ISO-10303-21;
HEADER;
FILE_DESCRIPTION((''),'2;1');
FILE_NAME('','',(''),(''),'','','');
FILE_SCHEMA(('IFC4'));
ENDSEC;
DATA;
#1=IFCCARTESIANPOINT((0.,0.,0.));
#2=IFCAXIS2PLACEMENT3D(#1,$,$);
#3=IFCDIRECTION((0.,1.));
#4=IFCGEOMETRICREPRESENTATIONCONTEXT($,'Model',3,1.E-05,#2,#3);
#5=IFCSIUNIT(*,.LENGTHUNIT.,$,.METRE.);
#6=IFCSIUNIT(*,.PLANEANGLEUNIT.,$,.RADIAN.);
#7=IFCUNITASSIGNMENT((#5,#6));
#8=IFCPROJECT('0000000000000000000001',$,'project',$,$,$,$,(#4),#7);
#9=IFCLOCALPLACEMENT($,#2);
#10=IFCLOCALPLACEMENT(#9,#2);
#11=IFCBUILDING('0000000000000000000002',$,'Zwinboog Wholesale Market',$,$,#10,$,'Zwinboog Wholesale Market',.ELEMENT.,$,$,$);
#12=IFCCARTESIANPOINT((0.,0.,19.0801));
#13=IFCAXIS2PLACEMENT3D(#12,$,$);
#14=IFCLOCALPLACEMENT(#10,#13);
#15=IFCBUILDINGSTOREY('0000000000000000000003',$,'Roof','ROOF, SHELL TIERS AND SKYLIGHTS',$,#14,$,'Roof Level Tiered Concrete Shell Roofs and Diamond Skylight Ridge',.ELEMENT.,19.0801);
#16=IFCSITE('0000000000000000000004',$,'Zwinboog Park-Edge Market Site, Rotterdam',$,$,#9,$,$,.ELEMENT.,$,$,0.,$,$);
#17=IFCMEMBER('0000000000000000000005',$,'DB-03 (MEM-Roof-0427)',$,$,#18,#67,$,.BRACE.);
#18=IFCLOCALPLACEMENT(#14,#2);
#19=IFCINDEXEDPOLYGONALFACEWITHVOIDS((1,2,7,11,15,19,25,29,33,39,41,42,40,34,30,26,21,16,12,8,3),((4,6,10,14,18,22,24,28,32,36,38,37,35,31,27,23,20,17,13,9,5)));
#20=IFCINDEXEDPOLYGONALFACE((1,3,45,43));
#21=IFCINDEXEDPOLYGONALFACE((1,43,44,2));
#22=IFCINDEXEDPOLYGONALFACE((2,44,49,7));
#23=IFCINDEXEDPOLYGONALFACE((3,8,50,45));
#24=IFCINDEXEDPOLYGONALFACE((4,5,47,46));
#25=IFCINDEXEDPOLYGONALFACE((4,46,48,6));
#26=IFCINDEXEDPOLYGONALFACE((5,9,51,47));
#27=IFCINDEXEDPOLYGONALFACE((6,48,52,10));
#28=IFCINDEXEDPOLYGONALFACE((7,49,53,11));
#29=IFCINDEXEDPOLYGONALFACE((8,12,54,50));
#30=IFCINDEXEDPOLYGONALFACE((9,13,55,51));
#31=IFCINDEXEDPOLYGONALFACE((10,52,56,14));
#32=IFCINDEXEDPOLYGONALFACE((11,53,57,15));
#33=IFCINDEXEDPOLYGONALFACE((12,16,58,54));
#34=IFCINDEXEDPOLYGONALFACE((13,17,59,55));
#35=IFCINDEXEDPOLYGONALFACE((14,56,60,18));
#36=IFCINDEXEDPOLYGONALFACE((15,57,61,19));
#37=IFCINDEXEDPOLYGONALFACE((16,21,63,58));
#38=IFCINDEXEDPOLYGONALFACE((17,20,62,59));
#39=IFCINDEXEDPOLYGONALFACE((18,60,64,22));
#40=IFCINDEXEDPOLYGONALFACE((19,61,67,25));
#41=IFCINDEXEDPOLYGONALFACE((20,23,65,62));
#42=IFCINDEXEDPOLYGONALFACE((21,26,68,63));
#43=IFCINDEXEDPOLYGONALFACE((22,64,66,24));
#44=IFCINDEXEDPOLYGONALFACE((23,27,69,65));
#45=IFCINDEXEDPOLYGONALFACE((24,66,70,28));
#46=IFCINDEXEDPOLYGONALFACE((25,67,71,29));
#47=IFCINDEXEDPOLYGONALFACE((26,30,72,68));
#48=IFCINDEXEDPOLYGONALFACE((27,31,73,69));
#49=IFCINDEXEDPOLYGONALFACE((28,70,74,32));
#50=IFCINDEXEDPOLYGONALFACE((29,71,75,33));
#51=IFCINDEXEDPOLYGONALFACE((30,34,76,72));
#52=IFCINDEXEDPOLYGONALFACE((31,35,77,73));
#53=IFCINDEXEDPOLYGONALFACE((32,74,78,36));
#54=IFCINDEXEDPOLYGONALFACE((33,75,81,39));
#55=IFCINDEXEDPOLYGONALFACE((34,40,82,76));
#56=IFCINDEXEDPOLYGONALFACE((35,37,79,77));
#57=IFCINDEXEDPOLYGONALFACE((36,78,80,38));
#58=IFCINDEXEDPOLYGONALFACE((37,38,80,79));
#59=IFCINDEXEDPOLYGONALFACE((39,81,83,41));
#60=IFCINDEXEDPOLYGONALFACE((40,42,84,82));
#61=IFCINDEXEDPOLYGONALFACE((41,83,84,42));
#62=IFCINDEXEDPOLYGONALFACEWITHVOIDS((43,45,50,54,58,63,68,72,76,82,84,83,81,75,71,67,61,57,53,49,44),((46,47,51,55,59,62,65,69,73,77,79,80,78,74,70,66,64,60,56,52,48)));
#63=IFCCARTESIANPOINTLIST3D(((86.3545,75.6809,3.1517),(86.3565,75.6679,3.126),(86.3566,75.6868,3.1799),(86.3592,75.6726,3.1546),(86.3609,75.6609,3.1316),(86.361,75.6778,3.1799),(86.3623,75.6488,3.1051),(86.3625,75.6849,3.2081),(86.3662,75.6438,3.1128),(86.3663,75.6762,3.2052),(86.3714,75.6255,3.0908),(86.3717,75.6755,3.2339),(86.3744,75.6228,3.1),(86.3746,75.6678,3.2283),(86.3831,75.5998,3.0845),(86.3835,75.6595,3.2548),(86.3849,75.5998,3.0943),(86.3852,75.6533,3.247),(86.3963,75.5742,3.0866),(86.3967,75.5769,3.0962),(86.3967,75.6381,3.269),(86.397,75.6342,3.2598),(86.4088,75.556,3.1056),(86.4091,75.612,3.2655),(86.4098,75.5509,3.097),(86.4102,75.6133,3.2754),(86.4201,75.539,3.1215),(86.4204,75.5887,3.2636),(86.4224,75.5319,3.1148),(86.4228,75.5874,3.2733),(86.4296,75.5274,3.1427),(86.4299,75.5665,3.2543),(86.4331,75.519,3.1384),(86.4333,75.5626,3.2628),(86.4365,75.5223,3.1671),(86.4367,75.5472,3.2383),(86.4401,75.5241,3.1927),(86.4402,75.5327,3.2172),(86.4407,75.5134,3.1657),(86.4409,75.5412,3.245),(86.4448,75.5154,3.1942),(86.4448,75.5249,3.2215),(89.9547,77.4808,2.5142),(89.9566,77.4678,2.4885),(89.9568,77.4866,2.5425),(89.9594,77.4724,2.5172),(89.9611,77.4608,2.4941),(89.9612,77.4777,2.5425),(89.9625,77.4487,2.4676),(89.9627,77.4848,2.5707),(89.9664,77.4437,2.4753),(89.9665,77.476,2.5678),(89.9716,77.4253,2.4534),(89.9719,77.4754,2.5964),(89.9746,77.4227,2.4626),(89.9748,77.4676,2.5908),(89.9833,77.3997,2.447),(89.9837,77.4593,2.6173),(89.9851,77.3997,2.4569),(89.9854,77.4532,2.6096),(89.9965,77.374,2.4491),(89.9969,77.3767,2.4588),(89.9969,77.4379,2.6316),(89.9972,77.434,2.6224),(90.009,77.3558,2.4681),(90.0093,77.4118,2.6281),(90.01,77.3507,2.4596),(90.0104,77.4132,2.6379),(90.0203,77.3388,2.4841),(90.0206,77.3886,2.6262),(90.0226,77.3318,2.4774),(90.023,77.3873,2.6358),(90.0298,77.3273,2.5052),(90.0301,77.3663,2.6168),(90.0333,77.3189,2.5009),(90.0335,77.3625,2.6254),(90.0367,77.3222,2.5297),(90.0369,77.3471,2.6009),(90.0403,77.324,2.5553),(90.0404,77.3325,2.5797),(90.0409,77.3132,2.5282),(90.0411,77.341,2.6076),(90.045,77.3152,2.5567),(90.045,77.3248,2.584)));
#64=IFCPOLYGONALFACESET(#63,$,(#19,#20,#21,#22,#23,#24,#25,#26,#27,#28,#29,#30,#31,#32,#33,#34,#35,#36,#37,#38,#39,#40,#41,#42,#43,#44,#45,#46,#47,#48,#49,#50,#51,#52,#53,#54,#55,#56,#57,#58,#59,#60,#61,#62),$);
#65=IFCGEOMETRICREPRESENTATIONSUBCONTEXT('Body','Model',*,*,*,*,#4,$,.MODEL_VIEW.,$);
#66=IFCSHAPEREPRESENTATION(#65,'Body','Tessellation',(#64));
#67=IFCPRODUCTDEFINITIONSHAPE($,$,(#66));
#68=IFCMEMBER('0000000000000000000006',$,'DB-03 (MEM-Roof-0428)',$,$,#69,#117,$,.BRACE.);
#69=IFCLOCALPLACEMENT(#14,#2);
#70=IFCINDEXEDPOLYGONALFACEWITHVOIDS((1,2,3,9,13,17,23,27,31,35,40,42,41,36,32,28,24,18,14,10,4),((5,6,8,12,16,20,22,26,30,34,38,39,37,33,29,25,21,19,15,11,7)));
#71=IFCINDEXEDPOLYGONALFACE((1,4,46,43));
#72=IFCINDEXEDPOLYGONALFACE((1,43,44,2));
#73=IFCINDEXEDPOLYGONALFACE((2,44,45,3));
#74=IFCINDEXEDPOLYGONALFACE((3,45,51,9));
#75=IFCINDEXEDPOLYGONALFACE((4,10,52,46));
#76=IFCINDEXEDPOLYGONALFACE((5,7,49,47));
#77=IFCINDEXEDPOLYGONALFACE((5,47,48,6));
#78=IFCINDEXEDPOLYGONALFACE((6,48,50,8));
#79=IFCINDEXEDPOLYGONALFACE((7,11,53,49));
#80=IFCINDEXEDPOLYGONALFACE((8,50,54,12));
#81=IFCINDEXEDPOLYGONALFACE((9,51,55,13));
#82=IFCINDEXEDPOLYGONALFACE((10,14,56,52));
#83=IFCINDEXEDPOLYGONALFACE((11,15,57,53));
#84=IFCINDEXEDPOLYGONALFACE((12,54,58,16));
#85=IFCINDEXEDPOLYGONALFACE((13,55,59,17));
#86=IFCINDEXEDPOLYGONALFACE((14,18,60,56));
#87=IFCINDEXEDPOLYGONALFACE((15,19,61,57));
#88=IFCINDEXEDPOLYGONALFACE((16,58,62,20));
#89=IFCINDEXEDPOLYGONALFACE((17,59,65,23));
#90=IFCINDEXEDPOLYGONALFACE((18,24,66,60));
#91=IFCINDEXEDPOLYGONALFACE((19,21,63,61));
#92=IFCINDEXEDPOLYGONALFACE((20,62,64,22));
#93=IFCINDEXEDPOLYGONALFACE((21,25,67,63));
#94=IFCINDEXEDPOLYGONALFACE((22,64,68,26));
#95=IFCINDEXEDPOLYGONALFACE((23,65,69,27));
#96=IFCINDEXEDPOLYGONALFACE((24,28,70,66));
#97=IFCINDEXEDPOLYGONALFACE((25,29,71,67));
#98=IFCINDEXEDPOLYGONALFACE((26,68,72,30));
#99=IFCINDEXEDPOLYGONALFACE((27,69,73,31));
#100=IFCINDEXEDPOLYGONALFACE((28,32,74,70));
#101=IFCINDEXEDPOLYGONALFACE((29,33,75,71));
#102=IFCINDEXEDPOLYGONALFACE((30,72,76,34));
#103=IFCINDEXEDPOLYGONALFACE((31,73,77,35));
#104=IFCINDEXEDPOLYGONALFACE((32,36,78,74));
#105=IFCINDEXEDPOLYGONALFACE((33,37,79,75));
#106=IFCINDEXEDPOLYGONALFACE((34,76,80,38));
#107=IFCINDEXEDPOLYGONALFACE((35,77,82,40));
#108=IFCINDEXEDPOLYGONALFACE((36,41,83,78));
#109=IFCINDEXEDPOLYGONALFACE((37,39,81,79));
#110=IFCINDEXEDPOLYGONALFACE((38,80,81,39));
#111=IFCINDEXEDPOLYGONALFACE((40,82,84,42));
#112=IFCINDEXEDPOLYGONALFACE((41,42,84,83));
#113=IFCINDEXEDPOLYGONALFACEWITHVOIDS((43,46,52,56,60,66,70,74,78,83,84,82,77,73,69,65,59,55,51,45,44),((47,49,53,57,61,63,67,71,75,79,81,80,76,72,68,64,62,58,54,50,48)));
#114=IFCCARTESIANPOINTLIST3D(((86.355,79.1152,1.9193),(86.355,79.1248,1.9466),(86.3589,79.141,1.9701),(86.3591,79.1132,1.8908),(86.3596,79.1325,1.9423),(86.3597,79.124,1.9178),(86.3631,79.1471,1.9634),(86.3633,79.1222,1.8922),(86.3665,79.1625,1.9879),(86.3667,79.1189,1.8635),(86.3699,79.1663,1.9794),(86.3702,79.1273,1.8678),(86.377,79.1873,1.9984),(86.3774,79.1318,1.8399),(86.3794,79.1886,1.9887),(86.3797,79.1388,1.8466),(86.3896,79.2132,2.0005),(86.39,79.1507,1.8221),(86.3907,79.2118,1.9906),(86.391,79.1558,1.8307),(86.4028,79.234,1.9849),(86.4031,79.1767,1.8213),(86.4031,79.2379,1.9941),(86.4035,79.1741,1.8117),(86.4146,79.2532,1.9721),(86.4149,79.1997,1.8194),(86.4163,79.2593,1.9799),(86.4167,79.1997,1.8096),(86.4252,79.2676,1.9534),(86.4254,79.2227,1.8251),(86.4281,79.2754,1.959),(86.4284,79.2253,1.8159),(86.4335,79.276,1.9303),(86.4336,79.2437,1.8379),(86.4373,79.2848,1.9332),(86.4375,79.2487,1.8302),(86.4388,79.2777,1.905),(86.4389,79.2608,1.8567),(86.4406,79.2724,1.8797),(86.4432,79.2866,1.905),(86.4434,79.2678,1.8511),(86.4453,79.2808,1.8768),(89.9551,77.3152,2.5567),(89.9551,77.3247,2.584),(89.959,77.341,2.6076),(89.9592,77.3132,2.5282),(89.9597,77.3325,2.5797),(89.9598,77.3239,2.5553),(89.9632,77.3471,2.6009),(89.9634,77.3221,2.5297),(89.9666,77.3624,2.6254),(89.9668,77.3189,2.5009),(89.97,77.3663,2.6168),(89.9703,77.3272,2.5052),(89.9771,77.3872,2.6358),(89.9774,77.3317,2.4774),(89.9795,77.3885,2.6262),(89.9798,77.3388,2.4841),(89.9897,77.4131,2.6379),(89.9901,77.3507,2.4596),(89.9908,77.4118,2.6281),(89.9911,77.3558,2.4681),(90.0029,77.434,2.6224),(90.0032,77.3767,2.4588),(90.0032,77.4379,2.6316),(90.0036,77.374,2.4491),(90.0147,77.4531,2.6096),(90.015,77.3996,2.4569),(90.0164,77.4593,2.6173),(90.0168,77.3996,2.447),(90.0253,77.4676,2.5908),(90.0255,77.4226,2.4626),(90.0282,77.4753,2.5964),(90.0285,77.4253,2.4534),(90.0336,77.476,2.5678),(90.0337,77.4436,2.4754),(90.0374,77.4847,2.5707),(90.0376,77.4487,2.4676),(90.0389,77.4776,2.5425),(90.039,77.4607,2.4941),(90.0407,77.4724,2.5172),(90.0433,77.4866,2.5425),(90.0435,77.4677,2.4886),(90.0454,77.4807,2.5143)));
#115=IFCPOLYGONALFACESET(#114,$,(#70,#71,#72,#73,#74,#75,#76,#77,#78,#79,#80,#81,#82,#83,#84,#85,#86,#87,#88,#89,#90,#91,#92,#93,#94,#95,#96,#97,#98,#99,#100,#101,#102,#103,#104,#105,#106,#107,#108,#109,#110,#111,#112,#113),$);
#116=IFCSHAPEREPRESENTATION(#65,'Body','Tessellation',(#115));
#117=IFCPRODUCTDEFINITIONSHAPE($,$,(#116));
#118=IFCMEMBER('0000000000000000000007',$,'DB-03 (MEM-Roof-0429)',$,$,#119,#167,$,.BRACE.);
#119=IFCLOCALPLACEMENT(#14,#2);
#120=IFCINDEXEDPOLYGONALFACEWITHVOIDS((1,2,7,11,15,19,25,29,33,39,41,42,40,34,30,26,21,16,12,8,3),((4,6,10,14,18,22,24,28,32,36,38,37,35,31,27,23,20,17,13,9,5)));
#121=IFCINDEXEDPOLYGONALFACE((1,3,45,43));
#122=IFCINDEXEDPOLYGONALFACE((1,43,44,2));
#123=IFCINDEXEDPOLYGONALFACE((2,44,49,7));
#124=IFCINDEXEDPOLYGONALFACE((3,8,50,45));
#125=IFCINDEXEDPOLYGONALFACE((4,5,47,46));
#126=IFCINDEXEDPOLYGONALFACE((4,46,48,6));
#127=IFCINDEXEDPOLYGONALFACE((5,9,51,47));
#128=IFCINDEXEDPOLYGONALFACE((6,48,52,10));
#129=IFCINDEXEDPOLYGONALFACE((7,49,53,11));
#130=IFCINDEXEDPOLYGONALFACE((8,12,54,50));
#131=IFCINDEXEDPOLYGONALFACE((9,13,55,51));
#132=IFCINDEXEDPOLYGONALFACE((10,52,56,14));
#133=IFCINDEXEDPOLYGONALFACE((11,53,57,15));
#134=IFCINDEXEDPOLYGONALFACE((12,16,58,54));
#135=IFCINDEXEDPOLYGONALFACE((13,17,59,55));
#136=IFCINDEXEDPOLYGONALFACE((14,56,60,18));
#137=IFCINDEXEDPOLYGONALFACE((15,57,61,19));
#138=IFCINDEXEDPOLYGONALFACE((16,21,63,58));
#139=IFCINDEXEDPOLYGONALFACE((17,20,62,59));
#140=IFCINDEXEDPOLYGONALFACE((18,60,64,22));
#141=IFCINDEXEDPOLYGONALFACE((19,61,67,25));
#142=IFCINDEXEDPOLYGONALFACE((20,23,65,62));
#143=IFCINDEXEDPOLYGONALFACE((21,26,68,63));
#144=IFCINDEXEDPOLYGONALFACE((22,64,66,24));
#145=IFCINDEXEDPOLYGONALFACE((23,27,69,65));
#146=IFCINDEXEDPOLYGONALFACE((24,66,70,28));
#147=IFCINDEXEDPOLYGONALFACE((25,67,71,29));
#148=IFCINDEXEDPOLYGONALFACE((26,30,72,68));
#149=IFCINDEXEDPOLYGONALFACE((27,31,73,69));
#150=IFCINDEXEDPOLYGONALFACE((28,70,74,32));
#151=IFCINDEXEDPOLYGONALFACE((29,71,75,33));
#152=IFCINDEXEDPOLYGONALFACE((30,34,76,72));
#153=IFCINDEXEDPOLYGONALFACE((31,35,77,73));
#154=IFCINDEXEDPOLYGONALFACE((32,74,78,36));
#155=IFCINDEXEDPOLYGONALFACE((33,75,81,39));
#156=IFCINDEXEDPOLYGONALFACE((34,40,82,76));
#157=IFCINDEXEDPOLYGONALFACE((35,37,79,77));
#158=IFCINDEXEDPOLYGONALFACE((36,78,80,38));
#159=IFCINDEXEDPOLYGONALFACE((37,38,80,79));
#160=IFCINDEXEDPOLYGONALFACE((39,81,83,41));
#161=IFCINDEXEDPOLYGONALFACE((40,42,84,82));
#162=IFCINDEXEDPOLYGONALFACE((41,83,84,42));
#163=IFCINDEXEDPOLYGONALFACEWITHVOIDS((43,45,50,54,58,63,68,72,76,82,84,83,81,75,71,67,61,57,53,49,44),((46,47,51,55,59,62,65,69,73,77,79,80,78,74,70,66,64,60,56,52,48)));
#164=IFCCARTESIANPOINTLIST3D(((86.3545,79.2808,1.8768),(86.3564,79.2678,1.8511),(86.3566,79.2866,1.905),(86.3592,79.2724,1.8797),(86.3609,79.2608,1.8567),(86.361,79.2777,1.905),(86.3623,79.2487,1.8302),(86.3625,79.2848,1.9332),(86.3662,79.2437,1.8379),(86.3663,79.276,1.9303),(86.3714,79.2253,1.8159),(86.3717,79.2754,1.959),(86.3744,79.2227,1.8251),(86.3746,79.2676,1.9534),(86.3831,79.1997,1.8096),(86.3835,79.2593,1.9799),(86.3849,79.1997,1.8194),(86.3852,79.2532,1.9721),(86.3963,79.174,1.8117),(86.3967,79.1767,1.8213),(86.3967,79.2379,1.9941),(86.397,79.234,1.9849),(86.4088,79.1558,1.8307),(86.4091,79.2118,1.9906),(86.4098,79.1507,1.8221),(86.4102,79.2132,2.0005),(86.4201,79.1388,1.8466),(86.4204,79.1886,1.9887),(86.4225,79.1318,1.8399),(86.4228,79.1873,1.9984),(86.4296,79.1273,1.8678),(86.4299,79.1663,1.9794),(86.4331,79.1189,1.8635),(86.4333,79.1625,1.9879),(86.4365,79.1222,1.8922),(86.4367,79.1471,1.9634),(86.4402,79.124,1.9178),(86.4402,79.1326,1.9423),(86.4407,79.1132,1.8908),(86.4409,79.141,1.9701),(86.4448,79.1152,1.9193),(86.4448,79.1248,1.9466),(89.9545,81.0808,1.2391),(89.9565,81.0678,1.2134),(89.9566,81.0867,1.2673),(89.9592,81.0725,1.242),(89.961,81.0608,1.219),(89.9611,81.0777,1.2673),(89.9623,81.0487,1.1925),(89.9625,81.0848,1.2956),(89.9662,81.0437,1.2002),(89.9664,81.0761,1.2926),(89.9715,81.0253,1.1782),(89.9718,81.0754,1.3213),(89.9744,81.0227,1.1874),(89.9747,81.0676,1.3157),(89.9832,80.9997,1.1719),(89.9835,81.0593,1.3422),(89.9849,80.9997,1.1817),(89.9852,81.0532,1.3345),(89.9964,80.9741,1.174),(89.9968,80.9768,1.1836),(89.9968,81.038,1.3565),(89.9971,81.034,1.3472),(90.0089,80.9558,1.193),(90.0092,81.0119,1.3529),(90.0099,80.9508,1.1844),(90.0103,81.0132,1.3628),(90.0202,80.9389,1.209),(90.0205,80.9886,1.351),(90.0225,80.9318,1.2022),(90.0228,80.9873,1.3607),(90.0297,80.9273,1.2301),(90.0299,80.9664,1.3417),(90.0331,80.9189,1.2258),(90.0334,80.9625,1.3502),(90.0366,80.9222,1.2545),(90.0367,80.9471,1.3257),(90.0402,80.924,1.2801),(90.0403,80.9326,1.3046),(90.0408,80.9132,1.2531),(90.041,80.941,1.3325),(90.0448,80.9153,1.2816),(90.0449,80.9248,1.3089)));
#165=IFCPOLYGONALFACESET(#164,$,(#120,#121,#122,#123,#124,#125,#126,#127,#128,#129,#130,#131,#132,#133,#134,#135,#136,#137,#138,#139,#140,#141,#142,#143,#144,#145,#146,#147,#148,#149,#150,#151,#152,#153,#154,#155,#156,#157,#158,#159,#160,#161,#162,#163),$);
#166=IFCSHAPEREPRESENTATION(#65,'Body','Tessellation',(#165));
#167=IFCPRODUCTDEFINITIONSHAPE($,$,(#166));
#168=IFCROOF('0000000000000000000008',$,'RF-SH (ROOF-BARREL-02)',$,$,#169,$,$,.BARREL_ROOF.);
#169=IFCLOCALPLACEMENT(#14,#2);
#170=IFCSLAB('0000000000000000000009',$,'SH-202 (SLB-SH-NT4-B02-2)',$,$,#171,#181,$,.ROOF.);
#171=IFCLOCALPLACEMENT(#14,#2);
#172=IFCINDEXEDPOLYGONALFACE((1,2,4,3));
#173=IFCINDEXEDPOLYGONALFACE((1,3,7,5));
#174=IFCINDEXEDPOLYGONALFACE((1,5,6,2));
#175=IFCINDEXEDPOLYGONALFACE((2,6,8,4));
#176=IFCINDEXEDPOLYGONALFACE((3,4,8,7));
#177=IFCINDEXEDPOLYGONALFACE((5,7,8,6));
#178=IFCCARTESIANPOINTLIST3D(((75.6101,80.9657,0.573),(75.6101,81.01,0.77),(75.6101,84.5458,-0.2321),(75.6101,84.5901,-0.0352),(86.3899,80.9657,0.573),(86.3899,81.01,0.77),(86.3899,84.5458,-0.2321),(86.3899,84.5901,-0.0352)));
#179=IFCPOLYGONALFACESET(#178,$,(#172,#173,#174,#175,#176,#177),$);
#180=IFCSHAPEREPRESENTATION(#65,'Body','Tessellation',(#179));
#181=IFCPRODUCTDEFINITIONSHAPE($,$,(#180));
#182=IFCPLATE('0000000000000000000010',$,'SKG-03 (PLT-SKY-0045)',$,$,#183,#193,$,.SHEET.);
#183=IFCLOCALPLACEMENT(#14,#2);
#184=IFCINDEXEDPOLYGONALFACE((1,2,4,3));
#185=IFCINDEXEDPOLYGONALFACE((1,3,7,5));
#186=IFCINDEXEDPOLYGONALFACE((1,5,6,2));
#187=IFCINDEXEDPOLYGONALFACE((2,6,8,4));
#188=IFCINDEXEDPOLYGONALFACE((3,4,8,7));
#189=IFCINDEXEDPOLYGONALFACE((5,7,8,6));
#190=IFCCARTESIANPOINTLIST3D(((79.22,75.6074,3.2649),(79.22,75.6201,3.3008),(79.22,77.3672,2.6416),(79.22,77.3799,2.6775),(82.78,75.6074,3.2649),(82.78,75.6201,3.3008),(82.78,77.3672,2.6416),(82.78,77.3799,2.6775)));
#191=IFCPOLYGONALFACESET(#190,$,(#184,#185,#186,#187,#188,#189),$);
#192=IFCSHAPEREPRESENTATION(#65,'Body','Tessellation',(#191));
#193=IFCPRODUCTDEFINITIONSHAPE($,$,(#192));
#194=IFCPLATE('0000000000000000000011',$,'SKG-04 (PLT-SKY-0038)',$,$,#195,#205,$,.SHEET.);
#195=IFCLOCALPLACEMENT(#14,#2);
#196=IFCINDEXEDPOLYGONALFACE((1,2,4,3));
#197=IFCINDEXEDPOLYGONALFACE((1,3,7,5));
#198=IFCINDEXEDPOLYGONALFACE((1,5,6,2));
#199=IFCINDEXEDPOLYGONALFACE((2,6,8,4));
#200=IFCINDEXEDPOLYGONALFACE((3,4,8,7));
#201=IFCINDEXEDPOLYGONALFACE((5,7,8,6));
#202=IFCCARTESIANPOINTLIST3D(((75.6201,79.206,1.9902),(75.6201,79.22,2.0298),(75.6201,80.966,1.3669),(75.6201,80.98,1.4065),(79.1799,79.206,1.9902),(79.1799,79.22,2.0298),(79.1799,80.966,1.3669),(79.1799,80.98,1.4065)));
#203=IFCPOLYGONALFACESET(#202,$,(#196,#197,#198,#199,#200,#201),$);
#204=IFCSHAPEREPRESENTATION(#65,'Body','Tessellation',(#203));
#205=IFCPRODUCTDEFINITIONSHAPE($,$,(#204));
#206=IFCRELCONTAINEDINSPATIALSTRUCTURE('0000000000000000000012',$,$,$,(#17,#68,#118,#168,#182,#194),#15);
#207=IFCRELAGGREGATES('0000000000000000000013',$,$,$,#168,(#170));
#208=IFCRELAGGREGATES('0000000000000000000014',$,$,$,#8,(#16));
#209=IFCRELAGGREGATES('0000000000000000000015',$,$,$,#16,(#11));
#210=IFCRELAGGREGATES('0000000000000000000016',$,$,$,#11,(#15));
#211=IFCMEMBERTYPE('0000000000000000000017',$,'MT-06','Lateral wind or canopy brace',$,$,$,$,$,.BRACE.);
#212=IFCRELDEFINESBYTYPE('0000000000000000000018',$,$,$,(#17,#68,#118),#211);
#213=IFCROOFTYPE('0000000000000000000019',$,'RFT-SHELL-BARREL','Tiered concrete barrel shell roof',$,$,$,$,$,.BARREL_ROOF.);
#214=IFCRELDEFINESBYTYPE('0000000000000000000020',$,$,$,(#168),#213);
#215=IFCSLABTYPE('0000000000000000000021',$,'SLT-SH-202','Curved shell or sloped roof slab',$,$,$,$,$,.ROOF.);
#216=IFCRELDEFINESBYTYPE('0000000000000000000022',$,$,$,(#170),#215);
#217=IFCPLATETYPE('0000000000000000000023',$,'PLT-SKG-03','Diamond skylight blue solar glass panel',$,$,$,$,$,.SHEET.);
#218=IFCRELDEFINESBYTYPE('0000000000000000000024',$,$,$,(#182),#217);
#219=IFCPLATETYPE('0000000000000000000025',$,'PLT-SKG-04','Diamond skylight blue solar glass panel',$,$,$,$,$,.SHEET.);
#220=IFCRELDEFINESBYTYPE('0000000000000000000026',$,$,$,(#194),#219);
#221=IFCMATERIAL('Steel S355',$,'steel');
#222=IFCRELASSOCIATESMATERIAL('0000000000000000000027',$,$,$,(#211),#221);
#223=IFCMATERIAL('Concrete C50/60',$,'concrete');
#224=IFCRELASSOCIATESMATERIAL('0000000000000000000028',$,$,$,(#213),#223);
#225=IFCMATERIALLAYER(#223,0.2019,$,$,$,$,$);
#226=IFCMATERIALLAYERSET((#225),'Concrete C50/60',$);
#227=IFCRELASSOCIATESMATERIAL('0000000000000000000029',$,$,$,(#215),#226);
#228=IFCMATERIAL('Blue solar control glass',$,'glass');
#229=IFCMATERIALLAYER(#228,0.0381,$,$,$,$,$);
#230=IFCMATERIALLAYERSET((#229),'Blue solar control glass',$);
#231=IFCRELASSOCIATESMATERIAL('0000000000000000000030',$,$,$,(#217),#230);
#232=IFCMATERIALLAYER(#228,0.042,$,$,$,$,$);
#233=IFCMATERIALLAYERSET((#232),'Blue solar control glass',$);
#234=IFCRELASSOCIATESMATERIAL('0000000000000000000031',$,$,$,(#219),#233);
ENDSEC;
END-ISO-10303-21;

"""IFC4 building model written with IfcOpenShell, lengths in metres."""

from ifc_helpers import new_model, si_unit, direction, frame, origin, origin_2d, place, context, subcontext, project, spatial, polyline, hollow_circle, outline, extrude, material, layer, layer_set, material_profile, profile_set, type_object, element, aggregate, save


model = new_model("IFC4")

# Units and contexts
model_context = context("Model", 3, precision=1e-05, world=origin(), true_north=direction((0.0, 1.0)))
body_context = subcontext(model_context, "Body", "Model", "MODEL_VIEW")
ifc_project = project(units=[si_unit("LENGTHUNIT", "METRE"), si_unit("PLANEANGLEUNIT", "RADIAN")], contexts=[model_context])

# Site, building, storey
site_placement = place(None, origin())
site = spatial("IfcSite", under=ifc_project, at=site_placement, Name="Zwinboog Park-Edge Market Site, Rotterdam", CompositionType="ELEMENT", RefElevation=0.0)
building_placement = place(site_placement, origin())
building = spatial("IfcBuilding", under=site, at=building_placement, Name="Zwinboog Wholesale Market", LongName="Zwinboog Wholesale Market", CompositionType="ELEMENT")
storey_placement = place(building_placement, frame((0.0, 0.0, 19.0801)))
storey = spatial("IfcBuildingStorey", under=building, at=storey_placement, Name="Roof", Description="ROOF, SHELL TIERS AND SKYLIGHTS", LongName="Roof Level Tiered Concrete Shell Roofs and Diamond Skylight Ridge", CompositionType="ELEMENT", Elevation=19.0801)

# Members
ifc_material_1 = material(Name="Steel S355", Category="steel")
ifc_material_profile_1 = material_profile(ifc_material_1, hollow_circle(Radius=0.0969, WallThickness=0.01, at=origin_2d()), Name="CHS 193.7x10")
ifc_profile_set_1 = profile_set([ifc_material_profile_1], Name="Steel S355")
member_type_1 = type_object("IfcMemberType", Name="MT-06", Description="Lateral wind or canopy brace", PredefinedType="BRACE", material=ifc_profile_set_1)
for number, where, z_axis, x_axis, name in (
    (1, (86.3999, 75.6001, 3.1799), (0.88344, 0.44166, -0.156426), (-0.447165, 0.894451, 0.0), "DB-03 (MEM-Roof-0427)"),
    (2, (86.3999, 79.2, 1.905), (0.883417, -0.441709, 0.156422), (0.447214, 0.894427, 0.0), "DB-03 (MEM-Roof-0428)"),
    (3, (86.3999, 79.2, 1.905), (0.883409, 0.441704, -0.156481), (-0.447214, 0.894427, 0.0), "DB-03 (MEM-Roof-0429)"),
):
    element("IfcMember", number, at=place(storey_placement, frame(where, z_axis=z_axis, x_axis=x_axis)), inside=storey, type_object=member_type_1, Name=name, PredefinedType="BRACE", context=body_context, shape_type="SweptSolid", body=[
        extrude(hollow_circle(Radius=0.0969, WallThickness=0.01, at=origin_2d()), origin(), (0.0, 0.0, 1.0), 4.0752),
    ])

# Roof, slab
ifc_material_2 = material(Name="Concrete C50/60", Category="concrete")
roof_type = type_object("IfcRoofType", Name="RFT-SHELL-BARREL", Description="Tiered concrete barrel shell roof", PredefinedType="BARREL_ROOF", material=ifc_material_2)
roof_placement = place(storey_placement, origin())
roof = element("IfcRoof", 4, at=roof_placement, inside=storey, type_object=roof_type, Name="RF-SH (ROOF-BARREL-02)", PredefinedType="BARREL_ROOF")
ifc_layer_1 = layer(ifc_material_2, 0.2019)
ifc_layer_set_1 = layer_set([ifc_layer_1], Name="Concrete C50/60")
slab_type = type_object("IfcSlabType", Name="SLT-SH-202", Description="Curved shell or sloped roof slab", PredefinedType="ROOF", material=ifc_layer_set_1)
slab_placement = place(storey_placement, frame((75.6101, 81.01, 0.77), z_axis=(0.0, 0.219424, 0.97563), x_axis=(1.0, 0.0, 0.0)))
slab = element("IfcSlab", 5, at=slab_placement, type_object=slab_type, Name="SH-202 (SLB-SH-NT4-B02-2)", PredefinedType="ROOF", context=body_context, shape_type="SweptSolid", body=[
    extrude(outline(polyline([(0.0, 0.0), (10.7798, 0.0), (10.7798, 3.6695), (0.0, 3.6695), (0.0, 0.0)])), origin(), (0.0, 0.0, -1.0), 0.2019),
])
aggregate(roof, [slab])

# Plates
ifc_material_3 = material(Name="Blue solar control glass", Category="glass")
ifc_layer_2 = layer(ifc_material_3, 0.0381)
ifc_layer_set_2 = layer_set([ifc_layer_2], Name="Blue solar control glass")
plate_type_1 = type_object("IfcPlateType", Name="PLT-SKG-03", Description="Diamond skylight blue solar glass panel", PredefinedType="SHEET", material=ifc_layer_set_2)
plate_1_placement = place(storey_placement, frame((79.22, 75.6201, 3.3008), z_axis=(0.0, 0.333867, 0.94262), x_axis=(1.0, 0.0, 0.0)))
element("IfcPlate", 6, at=plate_1_placement, inside=storey, type_object=plate_type_1, Name="SKG-03 (PLT-SKY-0045)", PredefinedType="SHEET", context=body_context, shape_type="SweptSolid", body=[
    extrude(outline(polyline([(0.0, 0.0), (3.5601, 0.0), (3.5601, 1.8669), (0.0, 1.8669), (0.0, 0.0)])), origin(), (0.0, 0.0, -1.0), 0.0381),
])
ifc_layer_3 = layer(ifc_material_3, 0.042)
ifc_layer_set_3 = layer_set([ifc_layer_3], Name="Blue solar control glass")
plate_type_2 = type_object("IfcPlateType", Name="PLT-SKG-04", Description="Diamond skylight blue solar glass panel", PredefinedType="SHEET", material=ifc_layer_set_3)
plate_2_placement = place(storey_placement, frame((75.6201, 79.22, 2.0298), z_axis=(0.0, 0.333825, 0.942635), x_axis=(1.0, 0.0, 0.0)))
element("IfcPlate", 7, at=plate_2_placement, inside=storey, type_object=plate_type_2, Name="SKG-04 (PLT-SKY-0038)", PredefinedType="SHEET", context=body_context, shape_type="SweptSolid", body=[
    extrude(outline(polyline([(0.0, 0.0), (3.5598, 0.0), (3.5598, 1.8671), (0.0, 1.8671), (0.0, 0.0)])), origin(), (0.0, 0.0, -1.0), 0.042),
])

save(model, "model.ifc")
